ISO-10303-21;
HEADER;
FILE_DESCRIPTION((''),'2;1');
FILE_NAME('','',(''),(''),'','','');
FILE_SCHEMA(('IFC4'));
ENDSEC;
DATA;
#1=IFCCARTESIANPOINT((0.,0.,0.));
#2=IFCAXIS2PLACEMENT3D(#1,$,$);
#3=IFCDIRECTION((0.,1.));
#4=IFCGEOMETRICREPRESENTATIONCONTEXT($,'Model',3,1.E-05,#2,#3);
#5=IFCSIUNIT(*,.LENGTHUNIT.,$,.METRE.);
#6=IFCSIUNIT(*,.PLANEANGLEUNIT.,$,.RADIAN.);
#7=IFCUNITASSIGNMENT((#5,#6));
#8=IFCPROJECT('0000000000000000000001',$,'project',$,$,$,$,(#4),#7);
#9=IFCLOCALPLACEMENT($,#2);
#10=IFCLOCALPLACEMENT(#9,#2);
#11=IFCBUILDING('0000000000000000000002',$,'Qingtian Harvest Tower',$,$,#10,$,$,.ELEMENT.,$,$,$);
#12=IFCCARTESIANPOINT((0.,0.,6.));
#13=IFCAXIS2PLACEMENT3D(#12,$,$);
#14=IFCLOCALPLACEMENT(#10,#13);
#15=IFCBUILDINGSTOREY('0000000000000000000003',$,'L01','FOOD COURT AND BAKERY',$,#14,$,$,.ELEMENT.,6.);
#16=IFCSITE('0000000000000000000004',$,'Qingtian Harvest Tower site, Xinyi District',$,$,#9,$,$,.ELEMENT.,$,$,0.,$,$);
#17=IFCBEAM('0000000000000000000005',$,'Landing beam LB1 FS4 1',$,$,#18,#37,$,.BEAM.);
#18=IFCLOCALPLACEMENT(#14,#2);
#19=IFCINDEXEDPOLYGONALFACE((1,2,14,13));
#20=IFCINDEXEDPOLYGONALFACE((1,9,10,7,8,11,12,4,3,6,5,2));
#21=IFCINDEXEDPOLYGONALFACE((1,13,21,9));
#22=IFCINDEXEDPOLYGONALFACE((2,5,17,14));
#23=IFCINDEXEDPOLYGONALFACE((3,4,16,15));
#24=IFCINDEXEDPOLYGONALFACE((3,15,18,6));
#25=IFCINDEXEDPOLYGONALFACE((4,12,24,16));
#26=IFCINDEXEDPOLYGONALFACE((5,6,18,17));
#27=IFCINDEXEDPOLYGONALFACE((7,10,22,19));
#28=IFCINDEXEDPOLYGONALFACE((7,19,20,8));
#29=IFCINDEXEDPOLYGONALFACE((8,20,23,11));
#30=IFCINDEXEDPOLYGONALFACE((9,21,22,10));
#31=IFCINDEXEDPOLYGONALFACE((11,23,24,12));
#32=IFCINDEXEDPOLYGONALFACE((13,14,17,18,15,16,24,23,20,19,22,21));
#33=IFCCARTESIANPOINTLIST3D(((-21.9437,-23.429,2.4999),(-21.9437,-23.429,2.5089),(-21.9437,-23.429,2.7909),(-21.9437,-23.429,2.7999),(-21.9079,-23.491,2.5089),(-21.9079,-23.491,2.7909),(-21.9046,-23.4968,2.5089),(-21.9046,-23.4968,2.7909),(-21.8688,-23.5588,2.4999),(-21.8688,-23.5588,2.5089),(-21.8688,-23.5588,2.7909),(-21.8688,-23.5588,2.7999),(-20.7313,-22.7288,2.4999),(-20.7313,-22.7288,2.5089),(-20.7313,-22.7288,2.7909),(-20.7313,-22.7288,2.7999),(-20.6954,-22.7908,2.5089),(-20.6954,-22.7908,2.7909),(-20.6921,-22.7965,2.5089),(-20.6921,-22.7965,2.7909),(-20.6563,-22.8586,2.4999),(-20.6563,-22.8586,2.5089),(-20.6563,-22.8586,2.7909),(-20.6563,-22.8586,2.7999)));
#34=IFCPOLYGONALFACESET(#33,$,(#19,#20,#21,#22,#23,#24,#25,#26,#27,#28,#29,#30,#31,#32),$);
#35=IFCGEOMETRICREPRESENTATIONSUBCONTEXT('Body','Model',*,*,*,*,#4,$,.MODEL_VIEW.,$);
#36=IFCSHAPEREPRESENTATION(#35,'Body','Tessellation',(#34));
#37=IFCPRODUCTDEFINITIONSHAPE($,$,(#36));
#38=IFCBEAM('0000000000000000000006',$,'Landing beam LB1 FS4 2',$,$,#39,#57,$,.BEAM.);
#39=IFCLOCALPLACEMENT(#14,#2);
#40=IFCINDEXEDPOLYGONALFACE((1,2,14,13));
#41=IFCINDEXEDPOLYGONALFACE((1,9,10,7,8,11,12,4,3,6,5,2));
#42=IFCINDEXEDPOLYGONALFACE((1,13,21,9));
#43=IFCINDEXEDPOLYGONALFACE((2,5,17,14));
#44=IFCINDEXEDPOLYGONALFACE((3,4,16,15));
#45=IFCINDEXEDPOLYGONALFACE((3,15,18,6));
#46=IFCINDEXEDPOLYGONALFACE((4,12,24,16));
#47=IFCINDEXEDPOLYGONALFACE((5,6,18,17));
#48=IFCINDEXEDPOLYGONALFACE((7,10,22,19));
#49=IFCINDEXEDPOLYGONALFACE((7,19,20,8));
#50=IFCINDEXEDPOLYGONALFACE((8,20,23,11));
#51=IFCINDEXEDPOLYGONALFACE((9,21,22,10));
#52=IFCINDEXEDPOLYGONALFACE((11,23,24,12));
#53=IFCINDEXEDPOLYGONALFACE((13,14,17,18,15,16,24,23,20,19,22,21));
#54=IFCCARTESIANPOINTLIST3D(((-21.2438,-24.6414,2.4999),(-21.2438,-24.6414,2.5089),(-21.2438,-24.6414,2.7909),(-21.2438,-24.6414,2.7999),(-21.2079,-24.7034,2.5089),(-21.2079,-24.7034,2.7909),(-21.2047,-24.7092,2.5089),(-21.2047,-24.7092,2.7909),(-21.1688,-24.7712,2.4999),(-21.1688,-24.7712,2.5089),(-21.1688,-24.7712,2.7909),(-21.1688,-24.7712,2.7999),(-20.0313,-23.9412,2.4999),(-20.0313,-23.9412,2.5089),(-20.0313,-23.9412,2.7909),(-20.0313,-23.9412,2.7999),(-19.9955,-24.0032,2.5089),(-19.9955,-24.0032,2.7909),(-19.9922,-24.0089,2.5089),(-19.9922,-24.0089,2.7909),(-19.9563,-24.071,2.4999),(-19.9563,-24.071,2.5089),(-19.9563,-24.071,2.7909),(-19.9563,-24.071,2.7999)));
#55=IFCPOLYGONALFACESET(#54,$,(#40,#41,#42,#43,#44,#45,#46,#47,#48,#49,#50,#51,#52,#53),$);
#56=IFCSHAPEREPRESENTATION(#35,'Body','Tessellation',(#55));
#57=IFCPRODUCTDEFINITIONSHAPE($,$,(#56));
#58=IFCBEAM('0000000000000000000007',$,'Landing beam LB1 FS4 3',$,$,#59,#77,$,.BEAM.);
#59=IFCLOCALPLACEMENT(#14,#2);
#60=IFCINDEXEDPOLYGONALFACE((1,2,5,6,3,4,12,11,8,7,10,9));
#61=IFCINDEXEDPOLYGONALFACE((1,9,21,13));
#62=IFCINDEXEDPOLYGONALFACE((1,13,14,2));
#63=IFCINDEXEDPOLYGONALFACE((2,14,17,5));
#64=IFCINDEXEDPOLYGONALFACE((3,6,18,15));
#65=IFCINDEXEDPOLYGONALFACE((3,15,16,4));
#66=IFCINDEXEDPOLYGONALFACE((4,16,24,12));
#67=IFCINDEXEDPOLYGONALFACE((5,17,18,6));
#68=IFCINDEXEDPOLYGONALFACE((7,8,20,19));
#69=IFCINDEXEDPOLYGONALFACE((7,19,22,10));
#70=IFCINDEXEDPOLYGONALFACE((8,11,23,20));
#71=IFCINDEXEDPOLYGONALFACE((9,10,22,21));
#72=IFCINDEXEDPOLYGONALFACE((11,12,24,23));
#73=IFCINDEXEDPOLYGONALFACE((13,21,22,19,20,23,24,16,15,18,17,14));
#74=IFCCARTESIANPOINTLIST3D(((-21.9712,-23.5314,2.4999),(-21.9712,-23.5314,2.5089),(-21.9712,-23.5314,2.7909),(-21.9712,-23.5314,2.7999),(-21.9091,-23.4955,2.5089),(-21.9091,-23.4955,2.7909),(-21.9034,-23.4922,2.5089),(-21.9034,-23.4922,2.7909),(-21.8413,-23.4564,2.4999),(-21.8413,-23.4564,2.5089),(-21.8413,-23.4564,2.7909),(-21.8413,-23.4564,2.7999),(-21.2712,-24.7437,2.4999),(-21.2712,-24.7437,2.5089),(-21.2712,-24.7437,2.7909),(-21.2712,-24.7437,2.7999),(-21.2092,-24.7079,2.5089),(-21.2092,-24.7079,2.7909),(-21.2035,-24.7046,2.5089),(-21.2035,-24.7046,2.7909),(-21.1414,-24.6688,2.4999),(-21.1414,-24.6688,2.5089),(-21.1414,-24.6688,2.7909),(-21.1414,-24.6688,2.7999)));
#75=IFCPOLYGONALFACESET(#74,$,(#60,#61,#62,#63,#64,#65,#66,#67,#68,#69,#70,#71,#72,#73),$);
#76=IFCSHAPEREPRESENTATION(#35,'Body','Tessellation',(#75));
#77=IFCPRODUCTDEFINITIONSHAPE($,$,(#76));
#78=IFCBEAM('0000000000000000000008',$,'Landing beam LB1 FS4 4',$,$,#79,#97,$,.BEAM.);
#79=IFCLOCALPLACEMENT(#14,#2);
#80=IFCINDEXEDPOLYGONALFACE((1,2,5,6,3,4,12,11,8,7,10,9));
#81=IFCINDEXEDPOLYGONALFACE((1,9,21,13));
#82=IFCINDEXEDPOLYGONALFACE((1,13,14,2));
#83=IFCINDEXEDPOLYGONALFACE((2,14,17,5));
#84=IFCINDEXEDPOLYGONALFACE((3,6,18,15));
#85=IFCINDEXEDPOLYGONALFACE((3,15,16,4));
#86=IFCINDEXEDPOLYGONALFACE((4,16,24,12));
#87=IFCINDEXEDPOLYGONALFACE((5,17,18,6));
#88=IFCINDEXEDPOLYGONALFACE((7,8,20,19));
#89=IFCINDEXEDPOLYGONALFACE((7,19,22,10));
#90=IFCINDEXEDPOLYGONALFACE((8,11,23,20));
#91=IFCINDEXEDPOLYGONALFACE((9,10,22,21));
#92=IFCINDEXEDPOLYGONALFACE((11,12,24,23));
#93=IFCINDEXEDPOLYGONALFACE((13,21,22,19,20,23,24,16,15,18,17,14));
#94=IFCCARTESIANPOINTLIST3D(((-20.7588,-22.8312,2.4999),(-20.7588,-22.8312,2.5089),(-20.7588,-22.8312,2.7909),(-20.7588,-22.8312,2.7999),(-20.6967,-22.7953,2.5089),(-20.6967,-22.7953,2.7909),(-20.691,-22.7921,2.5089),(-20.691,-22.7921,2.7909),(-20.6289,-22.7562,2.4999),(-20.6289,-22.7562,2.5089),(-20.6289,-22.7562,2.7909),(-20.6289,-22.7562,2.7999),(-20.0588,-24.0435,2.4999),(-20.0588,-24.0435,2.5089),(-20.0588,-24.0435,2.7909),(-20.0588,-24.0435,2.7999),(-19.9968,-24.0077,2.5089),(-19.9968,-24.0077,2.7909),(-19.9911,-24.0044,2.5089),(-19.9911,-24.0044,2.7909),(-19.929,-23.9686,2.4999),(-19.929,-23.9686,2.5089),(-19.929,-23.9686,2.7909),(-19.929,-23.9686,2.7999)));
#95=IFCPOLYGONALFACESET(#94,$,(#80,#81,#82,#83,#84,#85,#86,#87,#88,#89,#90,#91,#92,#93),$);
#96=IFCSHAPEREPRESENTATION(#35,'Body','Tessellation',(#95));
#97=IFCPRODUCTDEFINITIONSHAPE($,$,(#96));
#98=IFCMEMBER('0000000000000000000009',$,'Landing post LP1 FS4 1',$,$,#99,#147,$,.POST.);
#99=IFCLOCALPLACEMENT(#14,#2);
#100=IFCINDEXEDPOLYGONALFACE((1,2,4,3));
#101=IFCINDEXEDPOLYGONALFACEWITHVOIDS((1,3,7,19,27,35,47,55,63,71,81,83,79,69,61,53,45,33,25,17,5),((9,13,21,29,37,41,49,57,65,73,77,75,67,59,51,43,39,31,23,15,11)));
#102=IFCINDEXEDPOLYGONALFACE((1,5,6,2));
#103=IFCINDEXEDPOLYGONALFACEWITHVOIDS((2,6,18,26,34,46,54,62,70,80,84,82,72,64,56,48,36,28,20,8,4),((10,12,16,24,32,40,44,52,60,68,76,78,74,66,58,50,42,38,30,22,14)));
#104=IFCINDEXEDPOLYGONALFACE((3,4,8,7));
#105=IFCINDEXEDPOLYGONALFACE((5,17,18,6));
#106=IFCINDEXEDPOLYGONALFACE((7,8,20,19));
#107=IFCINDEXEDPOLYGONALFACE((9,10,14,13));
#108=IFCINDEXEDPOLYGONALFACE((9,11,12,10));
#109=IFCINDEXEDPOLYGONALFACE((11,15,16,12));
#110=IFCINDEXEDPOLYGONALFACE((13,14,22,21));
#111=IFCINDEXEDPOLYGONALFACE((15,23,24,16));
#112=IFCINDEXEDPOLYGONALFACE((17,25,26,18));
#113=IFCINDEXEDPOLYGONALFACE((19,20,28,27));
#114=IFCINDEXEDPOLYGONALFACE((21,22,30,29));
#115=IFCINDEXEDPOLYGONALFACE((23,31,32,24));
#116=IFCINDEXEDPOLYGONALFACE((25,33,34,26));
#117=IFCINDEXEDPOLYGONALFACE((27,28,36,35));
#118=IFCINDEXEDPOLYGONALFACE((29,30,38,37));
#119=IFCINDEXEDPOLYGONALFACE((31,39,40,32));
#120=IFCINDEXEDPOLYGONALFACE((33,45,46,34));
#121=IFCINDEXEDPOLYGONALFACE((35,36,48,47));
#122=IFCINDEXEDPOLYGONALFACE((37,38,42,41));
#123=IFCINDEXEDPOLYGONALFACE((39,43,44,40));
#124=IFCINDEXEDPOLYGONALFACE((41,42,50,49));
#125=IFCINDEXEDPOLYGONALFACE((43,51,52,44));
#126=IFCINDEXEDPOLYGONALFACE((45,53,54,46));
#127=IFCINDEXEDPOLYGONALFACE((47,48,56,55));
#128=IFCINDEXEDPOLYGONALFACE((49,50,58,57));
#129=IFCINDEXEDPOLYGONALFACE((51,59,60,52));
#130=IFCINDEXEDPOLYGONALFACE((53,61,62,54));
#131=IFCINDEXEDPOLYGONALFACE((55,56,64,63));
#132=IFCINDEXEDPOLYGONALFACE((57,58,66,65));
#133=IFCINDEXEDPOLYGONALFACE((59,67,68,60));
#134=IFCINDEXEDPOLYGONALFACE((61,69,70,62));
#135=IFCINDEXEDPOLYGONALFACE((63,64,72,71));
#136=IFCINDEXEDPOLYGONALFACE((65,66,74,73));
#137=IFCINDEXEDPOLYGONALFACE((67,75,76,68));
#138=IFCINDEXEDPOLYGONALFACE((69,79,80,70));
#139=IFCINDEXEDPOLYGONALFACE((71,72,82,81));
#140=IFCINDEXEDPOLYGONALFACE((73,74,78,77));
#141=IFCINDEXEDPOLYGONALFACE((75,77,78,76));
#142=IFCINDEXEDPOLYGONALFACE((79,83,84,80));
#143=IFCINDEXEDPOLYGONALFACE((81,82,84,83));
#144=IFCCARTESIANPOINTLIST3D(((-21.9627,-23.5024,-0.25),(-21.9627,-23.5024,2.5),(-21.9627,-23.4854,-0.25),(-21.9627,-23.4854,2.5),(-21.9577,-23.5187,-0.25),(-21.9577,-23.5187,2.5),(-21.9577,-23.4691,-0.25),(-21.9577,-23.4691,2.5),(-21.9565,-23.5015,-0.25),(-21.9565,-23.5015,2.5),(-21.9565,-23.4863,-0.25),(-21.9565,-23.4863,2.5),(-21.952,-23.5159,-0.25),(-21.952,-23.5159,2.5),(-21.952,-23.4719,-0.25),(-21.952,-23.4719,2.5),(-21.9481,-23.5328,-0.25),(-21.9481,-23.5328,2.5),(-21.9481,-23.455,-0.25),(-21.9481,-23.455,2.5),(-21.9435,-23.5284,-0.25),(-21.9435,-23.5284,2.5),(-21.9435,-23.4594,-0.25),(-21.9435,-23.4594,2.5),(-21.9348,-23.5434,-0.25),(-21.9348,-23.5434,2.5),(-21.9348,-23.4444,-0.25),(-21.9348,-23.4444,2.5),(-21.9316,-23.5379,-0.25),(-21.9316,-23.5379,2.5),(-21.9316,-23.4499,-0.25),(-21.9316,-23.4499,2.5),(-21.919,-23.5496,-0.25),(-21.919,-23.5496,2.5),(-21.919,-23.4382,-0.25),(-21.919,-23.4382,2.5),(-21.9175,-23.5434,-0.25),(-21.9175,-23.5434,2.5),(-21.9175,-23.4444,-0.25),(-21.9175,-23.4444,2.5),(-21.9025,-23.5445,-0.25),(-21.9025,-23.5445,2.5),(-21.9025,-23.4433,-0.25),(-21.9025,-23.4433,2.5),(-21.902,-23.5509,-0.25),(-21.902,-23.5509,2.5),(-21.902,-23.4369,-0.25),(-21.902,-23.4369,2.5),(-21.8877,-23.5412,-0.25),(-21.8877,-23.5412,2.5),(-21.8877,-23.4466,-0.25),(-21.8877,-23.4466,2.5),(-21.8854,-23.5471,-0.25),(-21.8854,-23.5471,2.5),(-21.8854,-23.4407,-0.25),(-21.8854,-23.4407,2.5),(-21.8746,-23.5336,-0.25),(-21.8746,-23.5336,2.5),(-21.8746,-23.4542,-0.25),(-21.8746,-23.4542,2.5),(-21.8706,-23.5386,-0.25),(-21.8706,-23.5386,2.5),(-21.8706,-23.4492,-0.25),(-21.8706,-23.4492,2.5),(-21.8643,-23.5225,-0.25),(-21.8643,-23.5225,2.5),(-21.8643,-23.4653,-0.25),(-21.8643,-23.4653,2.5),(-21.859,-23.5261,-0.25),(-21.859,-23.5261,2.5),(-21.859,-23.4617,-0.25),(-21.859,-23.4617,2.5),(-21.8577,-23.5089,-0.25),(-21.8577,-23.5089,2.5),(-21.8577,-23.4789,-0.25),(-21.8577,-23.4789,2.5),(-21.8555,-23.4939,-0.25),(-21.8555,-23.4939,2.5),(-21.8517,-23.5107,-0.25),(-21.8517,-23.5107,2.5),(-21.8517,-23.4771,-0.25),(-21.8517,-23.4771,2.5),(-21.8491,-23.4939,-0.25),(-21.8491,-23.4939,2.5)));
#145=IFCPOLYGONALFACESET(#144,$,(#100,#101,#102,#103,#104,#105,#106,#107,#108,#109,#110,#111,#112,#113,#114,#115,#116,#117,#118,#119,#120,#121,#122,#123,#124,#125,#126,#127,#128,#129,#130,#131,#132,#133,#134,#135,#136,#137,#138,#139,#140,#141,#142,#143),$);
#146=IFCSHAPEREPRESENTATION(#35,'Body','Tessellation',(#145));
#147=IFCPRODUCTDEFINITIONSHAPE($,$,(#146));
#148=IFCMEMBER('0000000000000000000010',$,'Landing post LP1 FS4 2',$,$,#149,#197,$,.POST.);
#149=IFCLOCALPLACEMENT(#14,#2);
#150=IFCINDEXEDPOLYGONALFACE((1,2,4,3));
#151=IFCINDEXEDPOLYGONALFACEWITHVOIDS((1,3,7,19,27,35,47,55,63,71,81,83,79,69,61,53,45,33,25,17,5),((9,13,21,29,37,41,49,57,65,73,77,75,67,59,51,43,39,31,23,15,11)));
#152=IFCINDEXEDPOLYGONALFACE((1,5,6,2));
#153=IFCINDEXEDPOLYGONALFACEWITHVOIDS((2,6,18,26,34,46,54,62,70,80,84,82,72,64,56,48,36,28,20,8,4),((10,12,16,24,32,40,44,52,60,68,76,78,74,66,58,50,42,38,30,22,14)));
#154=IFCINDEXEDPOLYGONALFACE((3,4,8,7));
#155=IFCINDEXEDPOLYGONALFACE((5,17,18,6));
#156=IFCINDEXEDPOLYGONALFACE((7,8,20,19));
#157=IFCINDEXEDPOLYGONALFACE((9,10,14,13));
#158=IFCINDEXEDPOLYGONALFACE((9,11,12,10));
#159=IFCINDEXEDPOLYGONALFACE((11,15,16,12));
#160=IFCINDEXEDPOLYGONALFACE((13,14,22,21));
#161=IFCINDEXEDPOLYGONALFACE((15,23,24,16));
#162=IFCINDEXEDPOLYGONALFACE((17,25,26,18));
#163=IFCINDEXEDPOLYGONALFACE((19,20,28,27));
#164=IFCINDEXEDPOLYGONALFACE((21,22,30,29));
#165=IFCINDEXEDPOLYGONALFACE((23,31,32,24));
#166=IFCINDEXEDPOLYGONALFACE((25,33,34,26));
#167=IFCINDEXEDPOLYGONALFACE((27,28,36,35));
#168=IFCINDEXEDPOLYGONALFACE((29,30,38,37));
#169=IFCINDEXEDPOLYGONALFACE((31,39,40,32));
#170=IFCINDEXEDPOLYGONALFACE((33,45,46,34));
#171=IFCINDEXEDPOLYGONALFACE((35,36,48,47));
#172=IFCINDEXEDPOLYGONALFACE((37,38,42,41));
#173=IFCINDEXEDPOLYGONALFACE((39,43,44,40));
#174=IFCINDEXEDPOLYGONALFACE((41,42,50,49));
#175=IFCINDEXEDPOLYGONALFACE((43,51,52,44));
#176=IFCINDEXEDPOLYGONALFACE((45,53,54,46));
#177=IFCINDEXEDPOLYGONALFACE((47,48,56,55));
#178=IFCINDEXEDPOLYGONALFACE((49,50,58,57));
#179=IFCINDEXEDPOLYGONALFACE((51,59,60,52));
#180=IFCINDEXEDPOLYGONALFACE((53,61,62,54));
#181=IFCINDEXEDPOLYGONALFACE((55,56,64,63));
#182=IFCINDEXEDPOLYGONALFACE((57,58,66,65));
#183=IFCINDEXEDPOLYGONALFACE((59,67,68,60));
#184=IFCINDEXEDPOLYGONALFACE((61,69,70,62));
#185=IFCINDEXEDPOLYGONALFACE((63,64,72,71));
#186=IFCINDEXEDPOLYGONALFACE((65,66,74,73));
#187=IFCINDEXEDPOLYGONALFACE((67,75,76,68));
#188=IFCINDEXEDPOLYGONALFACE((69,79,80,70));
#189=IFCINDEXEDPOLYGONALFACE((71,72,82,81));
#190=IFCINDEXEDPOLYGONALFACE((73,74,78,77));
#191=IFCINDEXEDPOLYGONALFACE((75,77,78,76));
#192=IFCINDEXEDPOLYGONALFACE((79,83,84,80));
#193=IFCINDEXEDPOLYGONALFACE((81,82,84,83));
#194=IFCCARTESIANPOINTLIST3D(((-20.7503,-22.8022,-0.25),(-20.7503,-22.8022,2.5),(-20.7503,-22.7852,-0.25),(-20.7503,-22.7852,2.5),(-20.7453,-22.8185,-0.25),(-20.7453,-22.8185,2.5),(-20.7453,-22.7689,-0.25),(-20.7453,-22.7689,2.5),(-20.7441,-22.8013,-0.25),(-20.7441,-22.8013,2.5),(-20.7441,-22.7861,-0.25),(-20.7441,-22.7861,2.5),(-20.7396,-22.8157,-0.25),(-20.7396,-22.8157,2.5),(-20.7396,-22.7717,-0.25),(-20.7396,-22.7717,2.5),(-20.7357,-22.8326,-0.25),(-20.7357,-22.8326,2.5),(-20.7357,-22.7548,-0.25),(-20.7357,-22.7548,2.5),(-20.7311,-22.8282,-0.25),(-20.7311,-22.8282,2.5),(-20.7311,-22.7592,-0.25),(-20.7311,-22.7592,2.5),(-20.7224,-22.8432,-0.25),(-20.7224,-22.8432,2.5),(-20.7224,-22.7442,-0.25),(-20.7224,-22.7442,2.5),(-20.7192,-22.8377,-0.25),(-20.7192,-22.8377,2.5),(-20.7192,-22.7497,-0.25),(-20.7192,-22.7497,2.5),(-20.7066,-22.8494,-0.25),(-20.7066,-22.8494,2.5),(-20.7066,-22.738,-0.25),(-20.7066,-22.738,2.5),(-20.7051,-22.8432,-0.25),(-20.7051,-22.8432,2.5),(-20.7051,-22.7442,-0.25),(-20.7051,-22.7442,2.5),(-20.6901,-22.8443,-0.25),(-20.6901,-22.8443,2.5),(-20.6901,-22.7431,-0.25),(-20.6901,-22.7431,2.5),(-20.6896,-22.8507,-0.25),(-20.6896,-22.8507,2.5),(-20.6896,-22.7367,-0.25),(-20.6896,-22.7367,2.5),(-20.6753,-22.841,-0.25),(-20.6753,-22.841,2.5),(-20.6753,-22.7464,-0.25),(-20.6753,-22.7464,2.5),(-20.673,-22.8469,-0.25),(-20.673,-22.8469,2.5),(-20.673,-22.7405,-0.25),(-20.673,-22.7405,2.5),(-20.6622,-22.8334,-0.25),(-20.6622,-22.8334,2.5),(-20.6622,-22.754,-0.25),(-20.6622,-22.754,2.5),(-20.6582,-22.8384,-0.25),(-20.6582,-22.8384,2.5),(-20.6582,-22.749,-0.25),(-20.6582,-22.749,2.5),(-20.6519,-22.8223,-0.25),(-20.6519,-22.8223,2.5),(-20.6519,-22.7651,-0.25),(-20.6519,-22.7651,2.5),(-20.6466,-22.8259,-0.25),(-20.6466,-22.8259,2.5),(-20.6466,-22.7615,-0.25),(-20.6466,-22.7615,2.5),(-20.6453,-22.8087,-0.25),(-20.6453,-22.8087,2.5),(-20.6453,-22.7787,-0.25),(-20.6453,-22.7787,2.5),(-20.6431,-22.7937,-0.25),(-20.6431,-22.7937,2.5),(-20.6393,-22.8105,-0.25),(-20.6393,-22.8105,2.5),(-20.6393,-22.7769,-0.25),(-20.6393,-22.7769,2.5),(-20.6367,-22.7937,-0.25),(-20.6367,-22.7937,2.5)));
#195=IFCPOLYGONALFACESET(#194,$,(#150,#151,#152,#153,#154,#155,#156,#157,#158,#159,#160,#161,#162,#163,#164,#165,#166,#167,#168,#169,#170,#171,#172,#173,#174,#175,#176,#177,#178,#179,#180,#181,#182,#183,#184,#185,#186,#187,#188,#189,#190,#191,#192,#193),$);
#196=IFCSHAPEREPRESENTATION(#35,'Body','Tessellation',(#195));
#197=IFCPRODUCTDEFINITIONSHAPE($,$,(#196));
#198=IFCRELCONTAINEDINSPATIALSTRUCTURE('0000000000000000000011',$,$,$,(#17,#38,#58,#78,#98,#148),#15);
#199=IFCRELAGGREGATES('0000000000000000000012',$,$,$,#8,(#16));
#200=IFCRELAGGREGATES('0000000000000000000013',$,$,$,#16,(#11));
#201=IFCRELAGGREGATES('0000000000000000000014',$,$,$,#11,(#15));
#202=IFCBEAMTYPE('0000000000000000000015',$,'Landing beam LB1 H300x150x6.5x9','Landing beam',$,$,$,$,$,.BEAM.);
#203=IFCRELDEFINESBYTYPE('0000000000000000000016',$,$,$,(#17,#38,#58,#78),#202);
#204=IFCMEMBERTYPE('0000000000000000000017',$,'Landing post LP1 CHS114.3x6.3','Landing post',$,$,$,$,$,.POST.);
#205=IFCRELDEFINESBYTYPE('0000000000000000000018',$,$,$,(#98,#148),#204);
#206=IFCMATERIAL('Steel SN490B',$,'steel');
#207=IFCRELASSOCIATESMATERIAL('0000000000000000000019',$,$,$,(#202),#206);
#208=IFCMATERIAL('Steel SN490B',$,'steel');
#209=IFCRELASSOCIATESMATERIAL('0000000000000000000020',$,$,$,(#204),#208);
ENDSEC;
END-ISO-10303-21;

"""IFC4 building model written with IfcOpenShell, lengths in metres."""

from ifc_helpers import new_model, si_unit, direction, frame, origin, origin_2d, place, context, subcontext, project, spatial, hollow_circle, i_section, extrude, material, material_profile, profile_set, type_object, element, save


model = new_model("IFC4")

# Units and contexts
model_context = context("Model", 3, precision=1e-05, world=origin(), true_north=direction((0.0, 1.0)))
body_context = subcontext(model_context, "Body", "Model", "MODEL_VIEW")
ifc_project = project(units=[si_unit("LENGTHUNIT", "METRE"), si_unit("PLANEANGLEUNIT", "RADIAN")], contexts=[model_context])

# Site, building, storey
site_placement = place(None, origin())
site = spatial("IfcSite", under=ifc_project, at=site_placement, Name="Qingtian Harvest Tower site, Xinyi District", CompositionType="ELEMENT", RefElevation=0.0)
building_placement = place(site_placement, origin())
building = spatial("IfcBuilding", under=site, at=building_placement, Name="Qingtian Harvest Tower", CompositionType="ELEMENT")
storey_placement = place(building_placement, frame((0.0, 0.0, 6.0)))
storey = spatial("IfcBuildingStorey", under=building, at=storey_placement, Name="L01", Description="FOOD COURT AND BAKERY", CompositionType="ELEMENT", Elevation=6.0)

# Beams
ifc_material_1 = material(Name="Steel SN490B", Category="steel")
ifc_material_profile_1 = material_profile(ifc_material_1, i_section(OverallWidth=0.1499, OverallDepth=0.3, WebThickness=0.0066, FlangeThickness=0.009, at=origin_2d()), Name="H300x150x6.5x9")
ifc_profile_set_1 = profile_set([ifc_material_profile_1], Name="Steel SN490B")
beam_type_1 = type_object("IfcBeamType", Name="Landing beam LB1 H300x150x6.5x9", Description="Landing beam", PredefinedType="BEAM", material=ifc_profile_set_1)
for number, where, z_axis, x_axis, name in (
    (1, (-21.9062, -23.4939, 2.6499), (0.865959, 0.500115, 0.0), (-0.500115, 0.865959, 0.0), "Landing beam LB1 FS4 1"),
    (2, (-21.2063, -24.7063, 2.6499), (0.865959, 0.500115, 0.0), (-0.500115, 0.865959, 0.0), "Landing beam LB1 FS4 2"),
):
    element("IfcBeam", number, at=place(storey_placement, frame(where, z_axis=z_axis, x_axis=x_axis)), inside=storey, type_object=beam_type_1, Name=name, PredefinedType="BEAM", context=body_context, shape_type="SweptSolid", body=[
        extrude(i_section(OverallWidth=0.1499, OverallDepth=0.3, WebThickness=0.0066, FlangeThickness=0.009, at=origin_2d()), origin(), (0.0, 0.0, 1.0), 1.4001),
    ])
for number, where, z_axis, x_axis, name in (
    (3, (-21.9062, -23.4939, 2.6499), (0.499984, -0.866035, 0.0), (0.866035, 0.499984, 0.0), "Landing beam LB1 FS4 3"),
    (4, (-20.6938, -22.7937, 2.6499), (0.499984, -0.866035, 0.0), (0.866035, 0.499984, 0.0), "Landing beam LB1 FS4 4"),
):
    element("IfcBeam", number, at=place(storey_placement, frame(where, z_axis=z_axis, x_axis=x_axis)), inside=storey, type_object=beam_type_1, Name=name, PredefinedType="BEAM", context=body_context, shape_type="SweptSolid", body=[
        extrude(i_section(OverallWidth=0.1499, OverallDepth=0.3, WebThickness=0.0066, FlangeThickness=0.009, at=origin_2d()), origin(), (0.0, 0.0, 1.0), 1.3999),
    ])

# Members
ifc_material_2 = material(Name="Steel SN490B", Category="steel")
ifc_material_profile_2 = material_profile(ifc_material_2, hollow_circle(Radius=0.0571, WallThickness=0.0063, at=origin_2d()), Name="CHS114.3x6.3")
ifc_profile_set_2 = profile_set([ifc_material_profile_2], Name="Steel SN490B")
member_type_1 = type_object("IfcMemberType", Name="Landing post LP1 CHS114.3x6.3", Description="Landing post", PredefinedType="POST", material=ifc_profile_set_2)
for number, where, z_axis, x_axis, name in (
    (5, (-21.9062, -23.4939, -0.25), (0.0, 0.0, 1.0), (1.0, 0.0, 0.0), "Landing post LP1 FS4 1"),
    (6, (-20.6938, -22.7937, -0.25), (0.0, 0.0, 1.0), (1.0, 0.0, 0.0), "Landing post LP1 FS4 2"),
):
    element("IfcMember", number, at=place(storey_placement, frame(where, z_axis=z_axis, x_axis=x_axis)), inside=storey, type_object=member_type_1, Name=name, PredefinedType="POST", context=body_context, shape_type="SweptSolid", body=[
        extrude(hollow_circle(Radius=0.0571, WallThickness=0.0063, at=origin_2d()), origin(), (0.0, 0.0, 1.0), 2.75),
    ])

save(model, "model.ifc")
